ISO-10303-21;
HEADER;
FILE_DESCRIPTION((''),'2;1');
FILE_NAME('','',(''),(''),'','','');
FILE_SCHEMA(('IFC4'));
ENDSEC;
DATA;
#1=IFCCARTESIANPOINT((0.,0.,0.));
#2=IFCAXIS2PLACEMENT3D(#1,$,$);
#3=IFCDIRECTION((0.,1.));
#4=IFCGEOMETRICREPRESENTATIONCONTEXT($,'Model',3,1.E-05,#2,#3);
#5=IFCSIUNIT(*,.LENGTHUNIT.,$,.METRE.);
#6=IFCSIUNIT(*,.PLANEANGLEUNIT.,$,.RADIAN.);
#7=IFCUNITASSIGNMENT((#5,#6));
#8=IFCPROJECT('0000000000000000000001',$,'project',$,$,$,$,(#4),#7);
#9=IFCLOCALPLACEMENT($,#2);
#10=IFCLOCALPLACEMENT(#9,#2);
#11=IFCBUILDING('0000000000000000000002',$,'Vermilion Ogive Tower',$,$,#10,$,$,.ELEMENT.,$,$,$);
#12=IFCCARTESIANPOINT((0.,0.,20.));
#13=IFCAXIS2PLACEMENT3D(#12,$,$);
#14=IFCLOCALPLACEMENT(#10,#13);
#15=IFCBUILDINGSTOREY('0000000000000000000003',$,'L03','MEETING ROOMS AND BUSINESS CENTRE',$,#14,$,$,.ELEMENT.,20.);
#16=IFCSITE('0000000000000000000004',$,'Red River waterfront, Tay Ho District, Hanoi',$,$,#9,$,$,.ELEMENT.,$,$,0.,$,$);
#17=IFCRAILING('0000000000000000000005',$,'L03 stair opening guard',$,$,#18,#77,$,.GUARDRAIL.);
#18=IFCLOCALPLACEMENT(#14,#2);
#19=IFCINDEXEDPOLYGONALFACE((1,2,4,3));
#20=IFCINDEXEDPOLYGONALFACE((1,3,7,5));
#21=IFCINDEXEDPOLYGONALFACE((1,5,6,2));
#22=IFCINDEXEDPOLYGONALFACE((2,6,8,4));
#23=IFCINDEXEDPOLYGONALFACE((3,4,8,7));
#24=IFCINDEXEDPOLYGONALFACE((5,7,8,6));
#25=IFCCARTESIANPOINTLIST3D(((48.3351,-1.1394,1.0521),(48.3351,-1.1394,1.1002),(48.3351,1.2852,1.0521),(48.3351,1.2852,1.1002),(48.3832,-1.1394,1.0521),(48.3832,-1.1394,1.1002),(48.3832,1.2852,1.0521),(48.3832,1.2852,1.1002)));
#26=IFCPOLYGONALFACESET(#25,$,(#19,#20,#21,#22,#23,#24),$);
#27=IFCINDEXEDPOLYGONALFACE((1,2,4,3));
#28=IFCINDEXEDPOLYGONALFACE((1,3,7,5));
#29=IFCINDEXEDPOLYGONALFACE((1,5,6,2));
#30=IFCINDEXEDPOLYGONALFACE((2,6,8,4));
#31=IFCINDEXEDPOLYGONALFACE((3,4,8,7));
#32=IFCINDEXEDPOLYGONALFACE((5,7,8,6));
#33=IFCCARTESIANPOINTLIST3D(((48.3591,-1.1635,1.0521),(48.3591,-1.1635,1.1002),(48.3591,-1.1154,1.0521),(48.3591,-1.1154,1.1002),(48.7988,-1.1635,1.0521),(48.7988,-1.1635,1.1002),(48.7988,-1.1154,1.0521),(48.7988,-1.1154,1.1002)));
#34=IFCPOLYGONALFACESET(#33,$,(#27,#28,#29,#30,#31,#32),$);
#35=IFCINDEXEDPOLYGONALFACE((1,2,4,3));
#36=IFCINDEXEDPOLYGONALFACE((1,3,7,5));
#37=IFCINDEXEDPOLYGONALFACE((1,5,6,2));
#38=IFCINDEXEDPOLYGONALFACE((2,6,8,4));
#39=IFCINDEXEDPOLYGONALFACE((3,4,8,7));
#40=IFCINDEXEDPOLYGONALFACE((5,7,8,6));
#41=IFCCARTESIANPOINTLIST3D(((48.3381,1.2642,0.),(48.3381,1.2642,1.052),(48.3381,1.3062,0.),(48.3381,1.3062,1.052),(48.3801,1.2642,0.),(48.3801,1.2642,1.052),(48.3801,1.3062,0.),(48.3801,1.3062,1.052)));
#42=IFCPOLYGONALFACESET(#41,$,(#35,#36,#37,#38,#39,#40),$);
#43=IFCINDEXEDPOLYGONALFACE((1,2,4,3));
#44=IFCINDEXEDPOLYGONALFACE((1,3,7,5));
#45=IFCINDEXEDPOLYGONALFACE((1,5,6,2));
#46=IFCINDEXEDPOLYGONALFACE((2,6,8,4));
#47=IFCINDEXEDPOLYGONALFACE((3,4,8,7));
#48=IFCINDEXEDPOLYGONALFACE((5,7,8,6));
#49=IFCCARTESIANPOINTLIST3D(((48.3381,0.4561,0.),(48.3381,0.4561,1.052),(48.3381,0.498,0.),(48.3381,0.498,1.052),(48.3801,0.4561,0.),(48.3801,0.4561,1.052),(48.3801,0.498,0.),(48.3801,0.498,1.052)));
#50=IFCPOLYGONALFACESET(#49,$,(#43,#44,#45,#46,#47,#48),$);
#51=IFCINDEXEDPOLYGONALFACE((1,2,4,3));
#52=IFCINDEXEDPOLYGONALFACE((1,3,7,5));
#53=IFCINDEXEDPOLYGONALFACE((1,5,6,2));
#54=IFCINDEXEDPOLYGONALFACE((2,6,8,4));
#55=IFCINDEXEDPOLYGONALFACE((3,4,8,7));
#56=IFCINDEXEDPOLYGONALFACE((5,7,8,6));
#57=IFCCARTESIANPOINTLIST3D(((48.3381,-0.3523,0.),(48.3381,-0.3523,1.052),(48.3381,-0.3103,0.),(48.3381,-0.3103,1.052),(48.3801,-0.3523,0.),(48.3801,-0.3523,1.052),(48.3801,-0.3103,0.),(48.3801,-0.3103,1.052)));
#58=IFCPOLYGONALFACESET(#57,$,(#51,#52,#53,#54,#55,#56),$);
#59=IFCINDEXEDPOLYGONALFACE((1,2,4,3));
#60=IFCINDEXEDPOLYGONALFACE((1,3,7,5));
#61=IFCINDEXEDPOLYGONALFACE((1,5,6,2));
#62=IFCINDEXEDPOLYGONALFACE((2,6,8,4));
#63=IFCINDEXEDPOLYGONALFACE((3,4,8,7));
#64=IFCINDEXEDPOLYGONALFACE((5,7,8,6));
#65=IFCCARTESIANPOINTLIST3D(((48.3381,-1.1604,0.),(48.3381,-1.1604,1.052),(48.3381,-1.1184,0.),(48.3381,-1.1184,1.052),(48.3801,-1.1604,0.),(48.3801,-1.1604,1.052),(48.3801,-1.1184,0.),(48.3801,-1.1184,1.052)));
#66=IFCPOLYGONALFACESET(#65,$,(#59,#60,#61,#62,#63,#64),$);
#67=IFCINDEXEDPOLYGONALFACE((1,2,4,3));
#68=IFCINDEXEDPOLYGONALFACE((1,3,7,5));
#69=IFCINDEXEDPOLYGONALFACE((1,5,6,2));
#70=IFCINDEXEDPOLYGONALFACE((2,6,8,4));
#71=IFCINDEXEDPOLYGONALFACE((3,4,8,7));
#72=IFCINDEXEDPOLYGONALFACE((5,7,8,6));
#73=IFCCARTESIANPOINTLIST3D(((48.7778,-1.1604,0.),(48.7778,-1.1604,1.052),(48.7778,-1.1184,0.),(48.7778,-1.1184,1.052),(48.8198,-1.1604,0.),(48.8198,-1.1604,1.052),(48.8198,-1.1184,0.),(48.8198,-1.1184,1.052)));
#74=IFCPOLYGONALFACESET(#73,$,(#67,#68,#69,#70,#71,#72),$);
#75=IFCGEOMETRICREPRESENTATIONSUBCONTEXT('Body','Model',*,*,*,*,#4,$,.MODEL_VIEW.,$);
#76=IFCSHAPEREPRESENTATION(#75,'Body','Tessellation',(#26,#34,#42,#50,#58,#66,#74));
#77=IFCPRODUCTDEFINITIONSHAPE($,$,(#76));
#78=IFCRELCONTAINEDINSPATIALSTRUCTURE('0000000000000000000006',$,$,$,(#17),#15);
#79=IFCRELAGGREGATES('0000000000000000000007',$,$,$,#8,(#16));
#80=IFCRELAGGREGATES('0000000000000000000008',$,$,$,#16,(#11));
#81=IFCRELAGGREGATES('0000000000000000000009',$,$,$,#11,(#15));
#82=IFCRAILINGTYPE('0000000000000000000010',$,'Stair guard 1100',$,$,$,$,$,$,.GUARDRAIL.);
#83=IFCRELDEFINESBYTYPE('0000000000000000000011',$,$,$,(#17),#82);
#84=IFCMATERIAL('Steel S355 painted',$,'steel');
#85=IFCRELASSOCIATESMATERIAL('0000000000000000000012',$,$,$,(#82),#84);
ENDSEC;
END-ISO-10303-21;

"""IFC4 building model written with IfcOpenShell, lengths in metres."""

from ifc_helpers import new_model, si_unit, direction, frame, origin, origin_2d, place, context, subcontext, project, spatial, rectangle, extrude, material, type_object, element, save


model = new_model("IFC4")

# Units and contexts
model_context = context("Model", 3, precision=1e-05, world=origin(), true_north=direction((0.0, 1.0)))
body_context = subcontext(model_context, "Body", "Model", "MODEL_VIEW")
ifc_project = project(units=[si_unit("LENGTHUNIT", "METRE"), si_unit("PLANEANGLEUNIT", "RADIAN")], contexts=[model_context])

# Site, building, storey
site_placement = place(None, origin())
site = spatial("IfcSite", under=ifc_project, at=site_placement, Name="Red River waterfront, Tay Ho District, Hanoi", CompositionType="ELEMENT", RefElevation=0.0)
building_placement = place(site_placement, origin())
building = spatial("IfcBuilding", under=site, at=building_placement, Name="Vermilion Ogive Tower", CompositionType="ELEMENT")
storey_placement = place(building_placement, frame((0.0, 0.0, 20.0)))
storey = spatial("IfcBuildingStorey", under=building, at=storey_placement, Name="L03", Description="MEETING ROOMS AND BUSINESS CENTRE", CompositionType="ELEMENT", Elevation=20.0)

# Railing
ifc_material_1 = material(Name="Steel S355 painted", Category="steel")
railing_type = type_object("IfcRailingType", Name="Stair guard 1100", PredefinedType="GUARDRAIL", material=ifc_material_1)
railing_1_placement = place(storey_placement, frame((48.3591, 1.2852, 0.0)))
element("IfcRailing", 1, at=railing_1_placement, inside=storey, type_object=railing_type, Name="L03 stair opening guard", PredefinedType="GUARDRAIL", context=body_context, shape_type="SweptSolid", body=[
    extrude(rectangle(XDim=0.0481, YDim=0.0481, at=origin_2d()), frame((0.0, 0.0, 1.0762), z_axis=(0.0, -1.0, 0.0), x_axis=(1.0, 0.0, 0.0)), (0.0, 0.0, 1.0), 2.4246),
    extrude(rectangle(XDim=0.0481, YDim=0.0481, at=origin_2d()), frame((0.0, -2.4246, 1.0762), z_axis=(1.0, 0.0, 0.0), x_axis=(0.0, 1.0, 0.0)), (0.0, 0.0, 1.0), 0.4397),
    extrude(rectangle(XDim=0.042, YDim=0.042, at=origin_2d()), origin(), (0.0, 0.0, 1.0), 1.052),
    extrude(rectangle(XDim=0.042, YDim=0.042, at=origin_2d()), frame((0.0, -0.8081, 0.0)), (0.0, 0.0, 1.0), 1.052),
    extrude(rectangle(XDim=0.042, YDim=0.042, at=origin_2d()), frame((0.0, -1.6165, 0.0)), (0.0, 0.0, 1.0), 1.052),
    extrude(rectangle(XDim=0.042, YDim=0.042, at=origin_2d()), frame((0.0, -2.4246, 0.0)), (0.0, 0.0, 1.0), 1.052),
    extrude(rectangle(XDim=0.042, YDim=0.042, at=origin_2d()), frame((0.4397, -2.4246, 0.0)), (0.0, 0.0, 1.0), 1.052),
])

save(model, "model.ifc")
